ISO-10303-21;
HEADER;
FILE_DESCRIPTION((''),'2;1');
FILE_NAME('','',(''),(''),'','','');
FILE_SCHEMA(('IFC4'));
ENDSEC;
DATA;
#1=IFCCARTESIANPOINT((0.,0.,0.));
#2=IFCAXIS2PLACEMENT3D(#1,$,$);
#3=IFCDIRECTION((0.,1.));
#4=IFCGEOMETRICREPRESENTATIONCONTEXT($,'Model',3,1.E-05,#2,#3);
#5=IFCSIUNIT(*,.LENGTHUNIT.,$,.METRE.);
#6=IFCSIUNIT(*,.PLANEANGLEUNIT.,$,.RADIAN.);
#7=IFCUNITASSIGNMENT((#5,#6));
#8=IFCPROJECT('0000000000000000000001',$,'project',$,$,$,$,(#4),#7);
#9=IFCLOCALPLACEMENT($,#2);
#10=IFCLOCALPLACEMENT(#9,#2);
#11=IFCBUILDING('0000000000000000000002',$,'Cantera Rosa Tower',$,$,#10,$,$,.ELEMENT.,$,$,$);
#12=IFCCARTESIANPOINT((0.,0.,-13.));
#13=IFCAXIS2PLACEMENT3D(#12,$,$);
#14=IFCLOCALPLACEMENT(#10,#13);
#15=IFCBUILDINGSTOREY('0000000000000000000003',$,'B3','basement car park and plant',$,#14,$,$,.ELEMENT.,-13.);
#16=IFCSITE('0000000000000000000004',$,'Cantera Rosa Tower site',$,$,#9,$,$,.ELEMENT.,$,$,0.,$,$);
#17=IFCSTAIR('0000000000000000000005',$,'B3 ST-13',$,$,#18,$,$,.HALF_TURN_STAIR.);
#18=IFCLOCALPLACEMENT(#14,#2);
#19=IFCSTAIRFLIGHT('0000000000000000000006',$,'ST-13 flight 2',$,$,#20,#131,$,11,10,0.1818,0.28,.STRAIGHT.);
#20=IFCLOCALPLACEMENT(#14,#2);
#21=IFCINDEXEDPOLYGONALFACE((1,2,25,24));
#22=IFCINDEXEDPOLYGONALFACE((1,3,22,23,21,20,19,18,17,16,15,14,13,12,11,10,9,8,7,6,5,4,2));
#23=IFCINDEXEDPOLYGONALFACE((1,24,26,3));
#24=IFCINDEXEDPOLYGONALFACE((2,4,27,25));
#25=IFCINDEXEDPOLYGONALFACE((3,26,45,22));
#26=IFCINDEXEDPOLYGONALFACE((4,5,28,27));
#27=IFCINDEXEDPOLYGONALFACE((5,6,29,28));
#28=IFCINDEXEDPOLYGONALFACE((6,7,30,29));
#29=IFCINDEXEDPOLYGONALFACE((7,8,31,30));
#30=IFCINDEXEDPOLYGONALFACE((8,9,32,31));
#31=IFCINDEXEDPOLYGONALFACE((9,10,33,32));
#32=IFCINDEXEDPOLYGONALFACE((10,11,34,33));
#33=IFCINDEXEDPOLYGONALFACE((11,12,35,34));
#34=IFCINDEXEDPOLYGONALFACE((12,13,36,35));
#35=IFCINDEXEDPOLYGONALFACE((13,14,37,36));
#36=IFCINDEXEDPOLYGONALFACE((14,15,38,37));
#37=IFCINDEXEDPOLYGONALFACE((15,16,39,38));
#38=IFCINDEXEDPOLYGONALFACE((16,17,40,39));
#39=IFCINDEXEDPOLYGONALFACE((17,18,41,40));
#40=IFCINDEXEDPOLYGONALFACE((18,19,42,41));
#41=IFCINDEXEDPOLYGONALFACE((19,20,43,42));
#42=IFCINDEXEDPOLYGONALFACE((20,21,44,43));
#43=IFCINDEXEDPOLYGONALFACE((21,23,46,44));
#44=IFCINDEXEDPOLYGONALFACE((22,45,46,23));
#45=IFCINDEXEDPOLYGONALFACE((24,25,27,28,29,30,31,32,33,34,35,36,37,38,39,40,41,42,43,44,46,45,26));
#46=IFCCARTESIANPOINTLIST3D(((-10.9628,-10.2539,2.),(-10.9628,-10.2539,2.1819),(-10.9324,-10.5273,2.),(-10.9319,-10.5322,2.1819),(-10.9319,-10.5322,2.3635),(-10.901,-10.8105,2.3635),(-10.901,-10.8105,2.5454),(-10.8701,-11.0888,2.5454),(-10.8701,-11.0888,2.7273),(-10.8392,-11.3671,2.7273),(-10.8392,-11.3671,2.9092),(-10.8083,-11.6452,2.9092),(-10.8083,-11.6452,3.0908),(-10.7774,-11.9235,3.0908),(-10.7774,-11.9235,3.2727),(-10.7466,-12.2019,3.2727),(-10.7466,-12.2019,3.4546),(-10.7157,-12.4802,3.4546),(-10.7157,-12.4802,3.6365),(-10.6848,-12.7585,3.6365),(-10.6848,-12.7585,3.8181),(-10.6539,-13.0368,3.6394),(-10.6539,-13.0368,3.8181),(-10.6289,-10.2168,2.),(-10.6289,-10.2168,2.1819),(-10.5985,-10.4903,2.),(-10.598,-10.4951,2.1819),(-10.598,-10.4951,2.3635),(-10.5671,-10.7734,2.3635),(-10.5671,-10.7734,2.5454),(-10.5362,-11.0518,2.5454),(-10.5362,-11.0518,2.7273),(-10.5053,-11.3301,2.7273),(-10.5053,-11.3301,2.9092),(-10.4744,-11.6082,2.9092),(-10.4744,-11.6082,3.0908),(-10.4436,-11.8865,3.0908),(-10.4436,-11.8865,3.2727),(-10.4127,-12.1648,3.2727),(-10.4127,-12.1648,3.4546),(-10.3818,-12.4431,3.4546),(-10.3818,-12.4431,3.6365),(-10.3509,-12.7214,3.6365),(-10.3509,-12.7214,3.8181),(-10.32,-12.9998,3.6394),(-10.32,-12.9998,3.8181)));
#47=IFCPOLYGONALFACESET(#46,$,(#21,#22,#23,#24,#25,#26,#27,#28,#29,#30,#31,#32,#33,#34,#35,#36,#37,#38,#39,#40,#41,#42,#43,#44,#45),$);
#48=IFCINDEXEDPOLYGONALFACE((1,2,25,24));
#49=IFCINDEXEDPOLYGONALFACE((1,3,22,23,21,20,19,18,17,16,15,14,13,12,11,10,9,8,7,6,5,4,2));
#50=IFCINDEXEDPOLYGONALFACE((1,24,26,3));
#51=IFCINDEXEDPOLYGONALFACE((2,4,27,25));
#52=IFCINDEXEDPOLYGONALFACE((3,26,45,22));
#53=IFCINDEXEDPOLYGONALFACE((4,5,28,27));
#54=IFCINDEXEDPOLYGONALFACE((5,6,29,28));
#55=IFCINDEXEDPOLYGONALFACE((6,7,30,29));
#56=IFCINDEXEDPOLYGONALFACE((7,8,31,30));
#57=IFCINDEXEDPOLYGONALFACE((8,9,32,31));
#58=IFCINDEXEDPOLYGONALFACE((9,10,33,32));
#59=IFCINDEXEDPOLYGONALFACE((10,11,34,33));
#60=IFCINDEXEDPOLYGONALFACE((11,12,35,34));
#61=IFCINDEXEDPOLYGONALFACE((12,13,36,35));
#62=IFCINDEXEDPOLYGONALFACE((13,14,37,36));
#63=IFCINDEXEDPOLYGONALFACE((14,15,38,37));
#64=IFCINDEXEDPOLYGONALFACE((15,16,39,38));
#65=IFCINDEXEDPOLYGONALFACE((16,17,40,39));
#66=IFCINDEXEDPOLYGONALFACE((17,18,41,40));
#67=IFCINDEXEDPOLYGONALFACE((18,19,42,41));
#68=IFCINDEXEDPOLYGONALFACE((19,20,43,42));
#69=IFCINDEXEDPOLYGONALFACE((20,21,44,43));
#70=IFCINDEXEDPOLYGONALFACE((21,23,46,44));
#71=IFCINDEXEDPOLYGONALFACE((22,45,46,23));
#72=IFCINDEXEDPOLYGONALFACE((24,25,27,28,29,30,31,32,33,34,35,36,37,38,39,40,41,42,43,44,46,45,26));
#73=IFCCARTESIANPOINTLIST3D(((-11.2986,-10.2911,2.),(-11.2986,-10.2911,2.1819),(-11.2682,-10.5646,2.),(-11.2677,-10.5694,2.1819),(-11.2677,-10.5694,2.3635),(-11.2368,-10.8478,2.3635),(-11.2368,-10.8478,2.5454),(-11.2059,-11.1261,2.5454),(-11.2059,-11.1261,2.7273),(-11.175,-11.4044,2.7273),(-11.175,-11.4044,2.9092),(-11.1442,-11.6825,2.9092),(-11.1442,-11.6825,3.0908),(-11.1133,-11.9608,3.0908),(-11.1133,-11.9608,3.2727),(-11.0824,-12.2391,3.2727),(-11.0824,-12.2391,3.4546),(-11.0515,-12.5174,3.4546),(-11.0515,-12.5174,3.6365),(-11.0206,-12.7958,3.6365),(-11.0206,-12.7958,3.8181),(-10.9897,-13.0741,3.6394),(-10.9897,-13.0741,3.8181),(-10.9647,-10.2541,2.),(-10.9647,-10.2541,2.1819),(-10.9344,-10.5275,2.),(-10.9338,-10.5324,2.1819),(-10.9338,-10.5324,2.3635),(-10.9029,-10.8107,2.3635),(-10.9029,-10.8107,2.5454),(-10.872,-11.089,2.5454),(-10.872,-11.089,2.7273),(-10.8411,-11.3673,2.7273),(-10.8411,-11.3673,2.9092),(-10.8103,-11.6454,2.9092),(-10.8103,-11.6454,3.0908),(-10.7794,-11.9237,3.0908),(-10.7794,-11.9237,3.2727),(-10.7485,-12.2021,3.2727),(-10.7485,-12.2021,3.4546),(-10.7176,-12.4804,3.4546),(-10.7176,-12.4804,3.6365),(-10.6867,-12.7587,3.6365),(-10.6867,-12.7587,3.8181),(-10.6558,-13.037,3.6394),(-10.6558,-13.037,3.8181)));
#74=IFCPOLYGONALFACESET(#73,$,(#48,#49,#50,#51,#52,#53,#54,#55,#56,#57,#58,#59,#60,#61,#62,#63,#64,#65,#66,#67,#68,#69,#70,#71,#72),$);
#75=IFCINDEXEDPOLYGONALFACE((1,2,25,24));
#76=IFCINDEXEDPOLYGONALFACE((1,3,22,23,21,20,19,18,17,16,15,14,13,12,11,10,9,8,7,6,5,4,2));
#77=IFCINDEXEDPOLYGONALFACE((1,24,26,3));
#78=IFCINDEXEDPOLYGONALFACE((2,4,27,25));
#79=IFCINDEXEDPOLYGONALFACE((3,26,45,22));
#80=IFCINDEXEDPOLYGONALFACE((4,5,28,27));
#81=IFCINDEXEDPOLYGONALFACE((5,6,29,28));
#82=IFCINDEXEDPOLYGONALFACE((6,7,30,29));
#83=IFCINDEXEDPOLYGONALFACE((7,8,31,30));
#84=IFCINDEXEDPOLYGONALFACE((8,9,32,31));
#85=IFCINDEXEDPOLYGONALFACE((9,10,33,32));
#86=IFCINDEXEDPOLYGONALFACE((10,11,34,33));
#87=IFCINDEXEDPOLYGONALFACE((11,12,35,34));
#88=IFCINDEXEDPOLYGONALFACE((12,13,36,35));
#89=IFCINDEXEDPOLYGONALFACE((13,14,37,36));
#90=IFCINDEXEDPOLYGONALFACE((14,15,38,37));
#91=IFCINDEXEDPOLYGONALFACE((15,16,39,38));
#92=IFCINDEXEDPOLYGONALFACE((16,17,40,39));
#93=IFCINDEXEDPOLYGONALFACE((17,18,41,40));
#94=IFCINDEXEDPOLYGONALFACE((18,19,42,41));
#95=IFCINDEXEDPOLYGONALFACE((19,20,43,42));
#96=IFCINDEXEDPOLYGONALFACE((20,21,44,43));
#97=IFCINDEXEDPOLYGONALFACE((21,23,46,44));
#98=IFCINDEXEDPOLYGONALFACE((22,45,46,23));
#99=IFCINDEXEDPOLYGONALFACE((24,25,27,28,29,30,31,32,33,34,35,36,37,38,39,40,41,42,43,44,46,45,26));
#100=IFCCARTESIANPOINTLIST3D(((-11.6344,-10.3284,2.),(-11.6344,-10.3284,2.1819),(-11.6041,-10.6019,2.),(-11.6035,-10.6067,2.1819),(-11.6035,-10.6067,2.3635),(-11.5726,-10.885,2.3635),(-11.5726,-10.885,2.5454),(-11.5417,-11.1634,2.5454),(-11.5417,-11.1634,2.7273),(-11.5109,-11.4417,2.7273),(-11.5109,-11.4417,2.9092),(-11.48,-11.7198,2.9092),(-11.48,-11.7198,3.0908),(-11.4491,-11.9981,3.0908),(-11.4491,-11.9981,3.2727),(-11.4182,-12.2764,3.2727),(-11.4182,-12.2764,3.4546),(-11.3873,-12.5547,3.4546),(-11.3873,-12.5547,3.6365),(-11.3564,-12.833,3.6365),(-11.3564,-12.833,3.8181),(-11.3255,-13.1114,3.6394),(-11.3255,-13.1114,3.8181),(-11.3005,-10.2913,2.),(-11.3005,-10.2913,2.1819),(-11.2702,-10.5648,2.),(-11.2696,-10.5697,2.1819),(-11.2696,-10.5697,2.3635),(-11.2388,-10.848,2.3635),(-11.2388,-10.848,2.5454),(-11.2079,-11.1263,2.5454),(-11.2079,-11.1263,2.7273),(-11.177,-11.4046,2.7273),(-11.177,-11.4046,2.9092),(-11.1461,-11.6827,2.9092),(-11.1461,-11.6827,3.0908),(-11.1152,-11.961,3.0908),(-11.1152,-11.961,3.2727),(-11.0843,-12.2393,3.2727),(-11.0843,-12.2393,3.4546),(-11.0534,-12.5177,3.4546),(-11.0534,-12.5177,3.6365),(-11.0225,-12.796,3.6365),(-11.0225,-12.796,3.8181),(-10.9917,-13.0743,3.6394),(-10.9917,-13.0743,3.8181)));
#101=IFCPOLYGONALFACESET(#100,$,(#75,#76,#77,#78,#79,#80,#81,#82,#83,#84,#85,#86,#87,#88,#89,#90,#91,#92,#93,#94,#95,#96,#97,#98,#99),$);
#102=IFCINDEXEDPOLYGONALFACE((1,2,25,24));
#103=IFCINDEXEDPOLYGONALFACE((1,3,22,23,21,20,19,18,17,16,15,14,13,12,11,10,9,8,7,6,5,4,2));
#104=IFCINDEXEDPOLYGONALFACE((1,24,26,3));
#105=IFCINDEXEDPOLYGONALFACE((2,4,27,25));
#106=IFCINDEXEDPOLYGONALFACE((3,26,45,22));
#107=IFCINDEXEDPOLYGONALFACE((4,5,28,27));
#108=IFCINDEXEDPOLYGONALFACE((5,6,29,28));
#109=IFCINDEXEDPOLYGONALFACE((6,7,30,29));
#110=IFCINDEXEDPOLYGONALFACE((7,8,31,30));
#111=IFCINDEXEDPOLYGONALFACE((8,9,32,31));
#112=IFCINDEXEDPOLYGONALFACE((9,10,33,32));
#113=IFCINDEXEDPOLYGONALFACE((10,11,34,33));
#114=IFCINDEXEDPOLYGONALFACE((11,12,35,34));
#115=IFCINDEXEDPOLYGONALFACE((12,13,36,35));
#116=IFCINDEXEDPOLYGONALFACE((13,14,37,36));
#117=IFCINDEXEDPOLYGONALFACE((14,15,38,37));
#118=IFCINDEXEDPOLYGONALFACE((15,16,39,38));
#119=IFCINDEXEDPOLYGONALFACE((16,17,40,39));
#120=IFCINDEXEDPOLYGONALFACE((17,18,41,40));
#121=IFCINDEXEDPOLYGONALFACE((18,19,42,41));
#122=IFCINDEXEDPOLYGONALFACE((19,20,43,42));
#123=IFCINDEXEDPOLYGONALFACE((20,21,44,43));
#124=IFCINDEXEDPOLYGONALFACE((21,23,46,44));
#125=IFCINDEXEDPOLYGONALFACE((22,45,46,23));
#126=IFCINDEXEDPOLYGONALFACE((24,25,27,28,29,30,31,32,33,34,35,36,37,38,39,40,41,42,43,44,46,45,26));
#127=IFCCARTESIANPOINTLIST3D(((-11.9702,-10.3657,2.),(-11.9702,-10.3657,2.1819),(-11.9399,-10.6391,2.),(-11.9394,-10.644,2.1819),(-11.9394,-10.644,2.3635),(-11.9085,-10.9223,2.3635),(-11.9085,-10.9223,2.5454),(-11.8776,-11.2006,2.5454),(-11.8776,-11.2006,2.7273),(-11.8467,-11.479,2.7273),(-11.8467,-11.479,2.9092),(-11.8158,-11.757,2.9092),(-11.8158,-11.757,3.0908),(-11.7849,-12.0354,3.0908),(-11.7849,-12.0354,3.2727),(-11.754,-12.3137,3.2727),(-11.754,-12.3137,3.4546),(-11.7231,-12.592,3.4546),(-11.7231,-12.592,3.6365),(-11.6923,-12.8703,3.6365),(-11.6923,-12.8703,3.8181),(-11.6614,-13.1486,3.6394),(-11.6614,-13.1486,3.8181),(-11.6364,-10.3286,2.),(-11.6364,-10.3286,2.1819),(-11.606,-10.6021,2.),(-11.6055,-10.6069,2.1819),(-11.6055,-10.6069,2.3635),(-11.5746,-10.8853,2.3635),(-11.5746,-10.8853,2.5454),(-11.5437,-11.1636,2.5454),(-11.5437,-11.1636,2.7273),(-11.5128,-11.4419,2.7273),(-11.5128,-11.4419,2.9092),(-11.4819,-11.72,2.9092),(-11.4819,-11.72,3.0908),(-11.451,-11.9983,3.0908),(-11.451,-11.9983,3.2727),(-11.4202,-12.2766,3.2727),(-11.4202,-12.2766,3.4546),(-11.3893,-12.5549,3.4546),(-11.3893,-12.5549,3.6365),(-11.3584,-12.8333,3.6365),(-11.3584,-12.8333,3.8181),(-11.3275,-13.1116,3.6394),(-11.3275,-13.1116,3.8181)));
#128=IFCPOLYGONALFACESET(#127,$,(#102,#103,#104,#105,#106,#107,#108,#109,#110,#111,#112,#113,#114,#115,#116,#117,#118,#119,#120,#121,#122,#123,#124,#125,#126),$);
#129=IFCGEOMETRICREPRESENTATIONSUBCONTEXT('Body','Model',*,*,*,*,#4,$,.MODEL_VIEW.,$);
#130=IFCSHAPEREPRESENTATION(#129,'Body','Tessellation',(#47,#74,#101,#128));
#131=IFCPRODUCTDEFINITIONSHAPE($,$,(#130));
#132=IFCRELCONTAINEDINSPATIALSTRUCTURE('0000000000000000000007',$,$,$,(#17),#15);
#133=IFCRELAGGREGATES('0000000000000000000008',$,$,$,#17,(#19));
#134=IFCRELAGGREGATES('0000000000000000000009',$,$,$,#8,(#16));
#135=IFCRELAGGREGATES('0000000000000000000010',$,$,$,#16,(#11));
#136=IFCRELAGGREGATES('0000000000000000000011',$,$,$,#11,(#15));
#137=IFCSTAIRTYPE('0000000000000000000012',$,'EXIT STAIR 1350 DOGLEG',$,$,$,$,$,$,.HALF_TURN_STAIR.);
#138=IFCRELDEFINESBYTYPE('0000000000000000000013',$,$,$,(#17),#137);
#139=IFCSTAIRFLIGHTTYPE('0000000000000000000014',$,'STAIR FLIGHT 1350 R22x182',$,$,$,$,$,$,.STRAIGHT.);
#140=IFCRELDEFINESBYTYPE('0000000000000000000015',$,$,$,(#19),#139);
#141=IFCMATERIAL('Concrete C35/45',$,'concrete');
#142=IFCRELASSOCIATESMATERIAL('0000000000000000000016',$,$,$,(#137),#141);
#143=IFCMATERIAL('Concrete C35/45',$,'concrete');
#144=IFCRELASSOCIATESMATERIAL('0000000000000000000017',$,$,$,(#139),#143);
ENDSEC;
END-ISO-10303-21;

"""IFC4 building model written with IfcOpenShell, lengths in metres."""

from ifc_helpers import new_model, si_unit, direction, frame, origin, place, context, subcontext, project, spatial, polyline, outline, extrude, material, type_object, element, aggregate, save


model = new_model("IFC4")

# Units and contexts
model_context = context("Model", 3, precision=1e-05, world=origin(), true_north=direction((0.0, 1.0)))
body_context = subcontext(model_context, "Body", "Model", "MODEL_VIEW")
ifc_project = project(units=[si_unit("LENGTHUNIT", "METRE"), si_unit("PLANEANGLEUNIT", "RADIAN")], contexts=[model_context])

# Site, building, storey
site_placement = place(None, origin())
site = spatial("IfcSite", under=ifc_project, at=site_placement, Name="Cantera Rosa Tower site", CompositionType="ELEMENT", RefElevation=0.0)
building_placement = place(site_placement, origin())
building = spatial("IfcBuilding", under=site, at=building_placement, Name="Cantera Rosa Tower", CompositionType="ELEMENT")
storey_placement = place(building_placement, frame((0.0, 0.0, -13.0)))
storey = spatial("IfcBuildingStorey", under=building, at=storey_placement, Name="B3", Description="basement car park and plant", CompositionType="ELEMENT", Elevation=-13.0)

# Stair, stair flight
ifc_material_1 = material(Name="Concrete C35/45", Category="concrete")
stair_type = type_object("IfcStairType", Name="EXIT STAIR 1350 DOGLEG", PredefinedType="HALF_TURN_STAIR", material=ifc_material_1)
stair_placement = place(storey_placement, origin())
stair = element("IfcStair", 1, at=stair_placement, inside=storey, type_object=stair_type, Name="B3 ST-13", PredefinedType="HALF_TURN_STAIR")
ifc_material_2 = material(Name="Concrete C35/45", Category="concrete")
stair_flight_type = type_object("IfcStairFlightType", Name="STAIR FLIGHT 1350 R22x182", PredefinedType="STRAIGHT", material=ifc_material_2)
stair_flight_1_placement = place(storey_placement, frame((-11.2998, -10.2913, 2.0), z_axis=(0.0, 0.0, 1.0), x_axis=(0.110313, -0.993897, 0.0)))
stair_flight_1 = element("IfcStairFlight", 2, at=stair_flight_1_placement, type_object=stair_flight_type, Name="ST-13 flight 2", NumberOfRisers=11, NumberOfTreads=10, PredefinedType="STRAIGHT", RiserHeight=0.1818, TreadLength=0.28, context=body_context, shape_type="SweptSolid", body=[
    extrude(outline(polyline([(0.0, 0.0), (0.0, 0.1819), (0.28, 0.1819), (0.28, 0.3635), (0.5601, 0.3635), (0.5601, 0.5454), (0.8401, 0.5454), (0.8401, 0.7273), (1.1201, 0.7273), (1.1201, 0.9092), (1.3999, 0.9092), (1.3999, 1.0908), (1.6799, 1.0908), (1.6799, 1.2727), (1.96, 1.2727), (1.96, 1.4546), (2.24, 1.4546), (2.24, 1.6365), (2.52, 1.6365), (2.52, 1.8181), (2.8, 1.8181), (2.8, 2.0), (2.8, 1.6394), (0.2751, 0.0), (0.0, 0.0)])), frame((0.0, 0.675, 0.0), z_axis=(0.0, -1.0, 0.0), x_axis=(1.0, 0.0, 0.0)), (0.0, 0.0, 1.0), 0.3359),
    extrude(outline(polyline([(0.0, 0.0), (0.0, 0.1819), (0.28, 0.1819), (0.28, 0.3635), (0.5601, 0.3635), (0.5601, 0.5454), (0.8401, 0.5454), (0.8401, 0.7273), (1.1201, 0.7273), (1.1201, 0.9092), (1.3999, 0.9092), (1.3999, 1.0908), (1.6799, 1.0908), (1.6799, 1.2727), (1.96, 1.2727), (1.96, 1.4546), (2.24, 1.4546), (2.24, 1.6365), (2.52, 1.6365), (2.52, 1.8181), (2.8, 1.8181), (2.8, 2.0), (2.8, 1.6394), (0.2751, 0.0), (0.0, 0.0)])), frame((0.0, 0.3372, 0.0), z_axis=(0.0, -1.0, 0.0), x_axis=(1.0, 0.0, 0.0)), (0.0, 0.0, 1.0), 0.3359),
    extrude(outline(polyline([(0.0, 0.0), (0.0, 0.1819), (0.28, 0.1819), (0.28, 0.3635), (0.5601, 0.3635), (0.5601, 0.5454), (0.8401, 0.5454), (0.8401, 0.7273), (1.1201, 0.7273), (1.1201, 0.9092), (1.3999, 0.9092), (1.3999, 1.0908), (1.6799, 1.0908), (1.6799, 1.2727), (1.96, 1.2727), (1.96, 1.4546), (2.24, 1.4546), (2.24, 1.6365), (2.52, 1.6365), (2.52, 1.8181), (2.8, 1.8181), (2.8, 2.0), (2.8, 1.6394), (0.2751, 0.0), (0.0, 0.0)])), frame((0.0, -0.0007, 0.0), z_axis=(0.0, -1.0, 0.0), x_axis=(1.0, 0.0, 0.0)), (0.0, 0.0, 1.0), 0.3359),
    extrude(outline(polyline([(0.0, 0.0), (0.0, 0.1819), (0.28, 0.1819), (0.28, 0.3635), (0.5601, 0.3635), (0.5601, 0.5454), (0.8401, 0.5454), (0.8401, 0.7273), (1.1201, 0.7273), (1.1201, 0.9092), (1.3999, 0.9092), (1.3999, 1.0908), (1.6799, 1.0908), (1.6799, 1.2727), (1.96, 1.2727), (1.96, 1.4546), (2.24, 1.4546), (2.24, 1.6365), (2.52, 1.6365), (2.52, 1.8181), (2.8, 1.8181), (2.8, 2.0), (2.8, 1.6394), (0.2751, 0.0), (0.0, 0.0)])), frame((0.0, -0.3386, 0.0), z_axis=(0.0, -1.0, 0.0), x_axis=(1.0, 0.0, 0.0)), (0.0, 0.0, 1.0), 0.3359),
])
aggregate(stair, [stair_flight_1])

save(model, "model.ifc")
